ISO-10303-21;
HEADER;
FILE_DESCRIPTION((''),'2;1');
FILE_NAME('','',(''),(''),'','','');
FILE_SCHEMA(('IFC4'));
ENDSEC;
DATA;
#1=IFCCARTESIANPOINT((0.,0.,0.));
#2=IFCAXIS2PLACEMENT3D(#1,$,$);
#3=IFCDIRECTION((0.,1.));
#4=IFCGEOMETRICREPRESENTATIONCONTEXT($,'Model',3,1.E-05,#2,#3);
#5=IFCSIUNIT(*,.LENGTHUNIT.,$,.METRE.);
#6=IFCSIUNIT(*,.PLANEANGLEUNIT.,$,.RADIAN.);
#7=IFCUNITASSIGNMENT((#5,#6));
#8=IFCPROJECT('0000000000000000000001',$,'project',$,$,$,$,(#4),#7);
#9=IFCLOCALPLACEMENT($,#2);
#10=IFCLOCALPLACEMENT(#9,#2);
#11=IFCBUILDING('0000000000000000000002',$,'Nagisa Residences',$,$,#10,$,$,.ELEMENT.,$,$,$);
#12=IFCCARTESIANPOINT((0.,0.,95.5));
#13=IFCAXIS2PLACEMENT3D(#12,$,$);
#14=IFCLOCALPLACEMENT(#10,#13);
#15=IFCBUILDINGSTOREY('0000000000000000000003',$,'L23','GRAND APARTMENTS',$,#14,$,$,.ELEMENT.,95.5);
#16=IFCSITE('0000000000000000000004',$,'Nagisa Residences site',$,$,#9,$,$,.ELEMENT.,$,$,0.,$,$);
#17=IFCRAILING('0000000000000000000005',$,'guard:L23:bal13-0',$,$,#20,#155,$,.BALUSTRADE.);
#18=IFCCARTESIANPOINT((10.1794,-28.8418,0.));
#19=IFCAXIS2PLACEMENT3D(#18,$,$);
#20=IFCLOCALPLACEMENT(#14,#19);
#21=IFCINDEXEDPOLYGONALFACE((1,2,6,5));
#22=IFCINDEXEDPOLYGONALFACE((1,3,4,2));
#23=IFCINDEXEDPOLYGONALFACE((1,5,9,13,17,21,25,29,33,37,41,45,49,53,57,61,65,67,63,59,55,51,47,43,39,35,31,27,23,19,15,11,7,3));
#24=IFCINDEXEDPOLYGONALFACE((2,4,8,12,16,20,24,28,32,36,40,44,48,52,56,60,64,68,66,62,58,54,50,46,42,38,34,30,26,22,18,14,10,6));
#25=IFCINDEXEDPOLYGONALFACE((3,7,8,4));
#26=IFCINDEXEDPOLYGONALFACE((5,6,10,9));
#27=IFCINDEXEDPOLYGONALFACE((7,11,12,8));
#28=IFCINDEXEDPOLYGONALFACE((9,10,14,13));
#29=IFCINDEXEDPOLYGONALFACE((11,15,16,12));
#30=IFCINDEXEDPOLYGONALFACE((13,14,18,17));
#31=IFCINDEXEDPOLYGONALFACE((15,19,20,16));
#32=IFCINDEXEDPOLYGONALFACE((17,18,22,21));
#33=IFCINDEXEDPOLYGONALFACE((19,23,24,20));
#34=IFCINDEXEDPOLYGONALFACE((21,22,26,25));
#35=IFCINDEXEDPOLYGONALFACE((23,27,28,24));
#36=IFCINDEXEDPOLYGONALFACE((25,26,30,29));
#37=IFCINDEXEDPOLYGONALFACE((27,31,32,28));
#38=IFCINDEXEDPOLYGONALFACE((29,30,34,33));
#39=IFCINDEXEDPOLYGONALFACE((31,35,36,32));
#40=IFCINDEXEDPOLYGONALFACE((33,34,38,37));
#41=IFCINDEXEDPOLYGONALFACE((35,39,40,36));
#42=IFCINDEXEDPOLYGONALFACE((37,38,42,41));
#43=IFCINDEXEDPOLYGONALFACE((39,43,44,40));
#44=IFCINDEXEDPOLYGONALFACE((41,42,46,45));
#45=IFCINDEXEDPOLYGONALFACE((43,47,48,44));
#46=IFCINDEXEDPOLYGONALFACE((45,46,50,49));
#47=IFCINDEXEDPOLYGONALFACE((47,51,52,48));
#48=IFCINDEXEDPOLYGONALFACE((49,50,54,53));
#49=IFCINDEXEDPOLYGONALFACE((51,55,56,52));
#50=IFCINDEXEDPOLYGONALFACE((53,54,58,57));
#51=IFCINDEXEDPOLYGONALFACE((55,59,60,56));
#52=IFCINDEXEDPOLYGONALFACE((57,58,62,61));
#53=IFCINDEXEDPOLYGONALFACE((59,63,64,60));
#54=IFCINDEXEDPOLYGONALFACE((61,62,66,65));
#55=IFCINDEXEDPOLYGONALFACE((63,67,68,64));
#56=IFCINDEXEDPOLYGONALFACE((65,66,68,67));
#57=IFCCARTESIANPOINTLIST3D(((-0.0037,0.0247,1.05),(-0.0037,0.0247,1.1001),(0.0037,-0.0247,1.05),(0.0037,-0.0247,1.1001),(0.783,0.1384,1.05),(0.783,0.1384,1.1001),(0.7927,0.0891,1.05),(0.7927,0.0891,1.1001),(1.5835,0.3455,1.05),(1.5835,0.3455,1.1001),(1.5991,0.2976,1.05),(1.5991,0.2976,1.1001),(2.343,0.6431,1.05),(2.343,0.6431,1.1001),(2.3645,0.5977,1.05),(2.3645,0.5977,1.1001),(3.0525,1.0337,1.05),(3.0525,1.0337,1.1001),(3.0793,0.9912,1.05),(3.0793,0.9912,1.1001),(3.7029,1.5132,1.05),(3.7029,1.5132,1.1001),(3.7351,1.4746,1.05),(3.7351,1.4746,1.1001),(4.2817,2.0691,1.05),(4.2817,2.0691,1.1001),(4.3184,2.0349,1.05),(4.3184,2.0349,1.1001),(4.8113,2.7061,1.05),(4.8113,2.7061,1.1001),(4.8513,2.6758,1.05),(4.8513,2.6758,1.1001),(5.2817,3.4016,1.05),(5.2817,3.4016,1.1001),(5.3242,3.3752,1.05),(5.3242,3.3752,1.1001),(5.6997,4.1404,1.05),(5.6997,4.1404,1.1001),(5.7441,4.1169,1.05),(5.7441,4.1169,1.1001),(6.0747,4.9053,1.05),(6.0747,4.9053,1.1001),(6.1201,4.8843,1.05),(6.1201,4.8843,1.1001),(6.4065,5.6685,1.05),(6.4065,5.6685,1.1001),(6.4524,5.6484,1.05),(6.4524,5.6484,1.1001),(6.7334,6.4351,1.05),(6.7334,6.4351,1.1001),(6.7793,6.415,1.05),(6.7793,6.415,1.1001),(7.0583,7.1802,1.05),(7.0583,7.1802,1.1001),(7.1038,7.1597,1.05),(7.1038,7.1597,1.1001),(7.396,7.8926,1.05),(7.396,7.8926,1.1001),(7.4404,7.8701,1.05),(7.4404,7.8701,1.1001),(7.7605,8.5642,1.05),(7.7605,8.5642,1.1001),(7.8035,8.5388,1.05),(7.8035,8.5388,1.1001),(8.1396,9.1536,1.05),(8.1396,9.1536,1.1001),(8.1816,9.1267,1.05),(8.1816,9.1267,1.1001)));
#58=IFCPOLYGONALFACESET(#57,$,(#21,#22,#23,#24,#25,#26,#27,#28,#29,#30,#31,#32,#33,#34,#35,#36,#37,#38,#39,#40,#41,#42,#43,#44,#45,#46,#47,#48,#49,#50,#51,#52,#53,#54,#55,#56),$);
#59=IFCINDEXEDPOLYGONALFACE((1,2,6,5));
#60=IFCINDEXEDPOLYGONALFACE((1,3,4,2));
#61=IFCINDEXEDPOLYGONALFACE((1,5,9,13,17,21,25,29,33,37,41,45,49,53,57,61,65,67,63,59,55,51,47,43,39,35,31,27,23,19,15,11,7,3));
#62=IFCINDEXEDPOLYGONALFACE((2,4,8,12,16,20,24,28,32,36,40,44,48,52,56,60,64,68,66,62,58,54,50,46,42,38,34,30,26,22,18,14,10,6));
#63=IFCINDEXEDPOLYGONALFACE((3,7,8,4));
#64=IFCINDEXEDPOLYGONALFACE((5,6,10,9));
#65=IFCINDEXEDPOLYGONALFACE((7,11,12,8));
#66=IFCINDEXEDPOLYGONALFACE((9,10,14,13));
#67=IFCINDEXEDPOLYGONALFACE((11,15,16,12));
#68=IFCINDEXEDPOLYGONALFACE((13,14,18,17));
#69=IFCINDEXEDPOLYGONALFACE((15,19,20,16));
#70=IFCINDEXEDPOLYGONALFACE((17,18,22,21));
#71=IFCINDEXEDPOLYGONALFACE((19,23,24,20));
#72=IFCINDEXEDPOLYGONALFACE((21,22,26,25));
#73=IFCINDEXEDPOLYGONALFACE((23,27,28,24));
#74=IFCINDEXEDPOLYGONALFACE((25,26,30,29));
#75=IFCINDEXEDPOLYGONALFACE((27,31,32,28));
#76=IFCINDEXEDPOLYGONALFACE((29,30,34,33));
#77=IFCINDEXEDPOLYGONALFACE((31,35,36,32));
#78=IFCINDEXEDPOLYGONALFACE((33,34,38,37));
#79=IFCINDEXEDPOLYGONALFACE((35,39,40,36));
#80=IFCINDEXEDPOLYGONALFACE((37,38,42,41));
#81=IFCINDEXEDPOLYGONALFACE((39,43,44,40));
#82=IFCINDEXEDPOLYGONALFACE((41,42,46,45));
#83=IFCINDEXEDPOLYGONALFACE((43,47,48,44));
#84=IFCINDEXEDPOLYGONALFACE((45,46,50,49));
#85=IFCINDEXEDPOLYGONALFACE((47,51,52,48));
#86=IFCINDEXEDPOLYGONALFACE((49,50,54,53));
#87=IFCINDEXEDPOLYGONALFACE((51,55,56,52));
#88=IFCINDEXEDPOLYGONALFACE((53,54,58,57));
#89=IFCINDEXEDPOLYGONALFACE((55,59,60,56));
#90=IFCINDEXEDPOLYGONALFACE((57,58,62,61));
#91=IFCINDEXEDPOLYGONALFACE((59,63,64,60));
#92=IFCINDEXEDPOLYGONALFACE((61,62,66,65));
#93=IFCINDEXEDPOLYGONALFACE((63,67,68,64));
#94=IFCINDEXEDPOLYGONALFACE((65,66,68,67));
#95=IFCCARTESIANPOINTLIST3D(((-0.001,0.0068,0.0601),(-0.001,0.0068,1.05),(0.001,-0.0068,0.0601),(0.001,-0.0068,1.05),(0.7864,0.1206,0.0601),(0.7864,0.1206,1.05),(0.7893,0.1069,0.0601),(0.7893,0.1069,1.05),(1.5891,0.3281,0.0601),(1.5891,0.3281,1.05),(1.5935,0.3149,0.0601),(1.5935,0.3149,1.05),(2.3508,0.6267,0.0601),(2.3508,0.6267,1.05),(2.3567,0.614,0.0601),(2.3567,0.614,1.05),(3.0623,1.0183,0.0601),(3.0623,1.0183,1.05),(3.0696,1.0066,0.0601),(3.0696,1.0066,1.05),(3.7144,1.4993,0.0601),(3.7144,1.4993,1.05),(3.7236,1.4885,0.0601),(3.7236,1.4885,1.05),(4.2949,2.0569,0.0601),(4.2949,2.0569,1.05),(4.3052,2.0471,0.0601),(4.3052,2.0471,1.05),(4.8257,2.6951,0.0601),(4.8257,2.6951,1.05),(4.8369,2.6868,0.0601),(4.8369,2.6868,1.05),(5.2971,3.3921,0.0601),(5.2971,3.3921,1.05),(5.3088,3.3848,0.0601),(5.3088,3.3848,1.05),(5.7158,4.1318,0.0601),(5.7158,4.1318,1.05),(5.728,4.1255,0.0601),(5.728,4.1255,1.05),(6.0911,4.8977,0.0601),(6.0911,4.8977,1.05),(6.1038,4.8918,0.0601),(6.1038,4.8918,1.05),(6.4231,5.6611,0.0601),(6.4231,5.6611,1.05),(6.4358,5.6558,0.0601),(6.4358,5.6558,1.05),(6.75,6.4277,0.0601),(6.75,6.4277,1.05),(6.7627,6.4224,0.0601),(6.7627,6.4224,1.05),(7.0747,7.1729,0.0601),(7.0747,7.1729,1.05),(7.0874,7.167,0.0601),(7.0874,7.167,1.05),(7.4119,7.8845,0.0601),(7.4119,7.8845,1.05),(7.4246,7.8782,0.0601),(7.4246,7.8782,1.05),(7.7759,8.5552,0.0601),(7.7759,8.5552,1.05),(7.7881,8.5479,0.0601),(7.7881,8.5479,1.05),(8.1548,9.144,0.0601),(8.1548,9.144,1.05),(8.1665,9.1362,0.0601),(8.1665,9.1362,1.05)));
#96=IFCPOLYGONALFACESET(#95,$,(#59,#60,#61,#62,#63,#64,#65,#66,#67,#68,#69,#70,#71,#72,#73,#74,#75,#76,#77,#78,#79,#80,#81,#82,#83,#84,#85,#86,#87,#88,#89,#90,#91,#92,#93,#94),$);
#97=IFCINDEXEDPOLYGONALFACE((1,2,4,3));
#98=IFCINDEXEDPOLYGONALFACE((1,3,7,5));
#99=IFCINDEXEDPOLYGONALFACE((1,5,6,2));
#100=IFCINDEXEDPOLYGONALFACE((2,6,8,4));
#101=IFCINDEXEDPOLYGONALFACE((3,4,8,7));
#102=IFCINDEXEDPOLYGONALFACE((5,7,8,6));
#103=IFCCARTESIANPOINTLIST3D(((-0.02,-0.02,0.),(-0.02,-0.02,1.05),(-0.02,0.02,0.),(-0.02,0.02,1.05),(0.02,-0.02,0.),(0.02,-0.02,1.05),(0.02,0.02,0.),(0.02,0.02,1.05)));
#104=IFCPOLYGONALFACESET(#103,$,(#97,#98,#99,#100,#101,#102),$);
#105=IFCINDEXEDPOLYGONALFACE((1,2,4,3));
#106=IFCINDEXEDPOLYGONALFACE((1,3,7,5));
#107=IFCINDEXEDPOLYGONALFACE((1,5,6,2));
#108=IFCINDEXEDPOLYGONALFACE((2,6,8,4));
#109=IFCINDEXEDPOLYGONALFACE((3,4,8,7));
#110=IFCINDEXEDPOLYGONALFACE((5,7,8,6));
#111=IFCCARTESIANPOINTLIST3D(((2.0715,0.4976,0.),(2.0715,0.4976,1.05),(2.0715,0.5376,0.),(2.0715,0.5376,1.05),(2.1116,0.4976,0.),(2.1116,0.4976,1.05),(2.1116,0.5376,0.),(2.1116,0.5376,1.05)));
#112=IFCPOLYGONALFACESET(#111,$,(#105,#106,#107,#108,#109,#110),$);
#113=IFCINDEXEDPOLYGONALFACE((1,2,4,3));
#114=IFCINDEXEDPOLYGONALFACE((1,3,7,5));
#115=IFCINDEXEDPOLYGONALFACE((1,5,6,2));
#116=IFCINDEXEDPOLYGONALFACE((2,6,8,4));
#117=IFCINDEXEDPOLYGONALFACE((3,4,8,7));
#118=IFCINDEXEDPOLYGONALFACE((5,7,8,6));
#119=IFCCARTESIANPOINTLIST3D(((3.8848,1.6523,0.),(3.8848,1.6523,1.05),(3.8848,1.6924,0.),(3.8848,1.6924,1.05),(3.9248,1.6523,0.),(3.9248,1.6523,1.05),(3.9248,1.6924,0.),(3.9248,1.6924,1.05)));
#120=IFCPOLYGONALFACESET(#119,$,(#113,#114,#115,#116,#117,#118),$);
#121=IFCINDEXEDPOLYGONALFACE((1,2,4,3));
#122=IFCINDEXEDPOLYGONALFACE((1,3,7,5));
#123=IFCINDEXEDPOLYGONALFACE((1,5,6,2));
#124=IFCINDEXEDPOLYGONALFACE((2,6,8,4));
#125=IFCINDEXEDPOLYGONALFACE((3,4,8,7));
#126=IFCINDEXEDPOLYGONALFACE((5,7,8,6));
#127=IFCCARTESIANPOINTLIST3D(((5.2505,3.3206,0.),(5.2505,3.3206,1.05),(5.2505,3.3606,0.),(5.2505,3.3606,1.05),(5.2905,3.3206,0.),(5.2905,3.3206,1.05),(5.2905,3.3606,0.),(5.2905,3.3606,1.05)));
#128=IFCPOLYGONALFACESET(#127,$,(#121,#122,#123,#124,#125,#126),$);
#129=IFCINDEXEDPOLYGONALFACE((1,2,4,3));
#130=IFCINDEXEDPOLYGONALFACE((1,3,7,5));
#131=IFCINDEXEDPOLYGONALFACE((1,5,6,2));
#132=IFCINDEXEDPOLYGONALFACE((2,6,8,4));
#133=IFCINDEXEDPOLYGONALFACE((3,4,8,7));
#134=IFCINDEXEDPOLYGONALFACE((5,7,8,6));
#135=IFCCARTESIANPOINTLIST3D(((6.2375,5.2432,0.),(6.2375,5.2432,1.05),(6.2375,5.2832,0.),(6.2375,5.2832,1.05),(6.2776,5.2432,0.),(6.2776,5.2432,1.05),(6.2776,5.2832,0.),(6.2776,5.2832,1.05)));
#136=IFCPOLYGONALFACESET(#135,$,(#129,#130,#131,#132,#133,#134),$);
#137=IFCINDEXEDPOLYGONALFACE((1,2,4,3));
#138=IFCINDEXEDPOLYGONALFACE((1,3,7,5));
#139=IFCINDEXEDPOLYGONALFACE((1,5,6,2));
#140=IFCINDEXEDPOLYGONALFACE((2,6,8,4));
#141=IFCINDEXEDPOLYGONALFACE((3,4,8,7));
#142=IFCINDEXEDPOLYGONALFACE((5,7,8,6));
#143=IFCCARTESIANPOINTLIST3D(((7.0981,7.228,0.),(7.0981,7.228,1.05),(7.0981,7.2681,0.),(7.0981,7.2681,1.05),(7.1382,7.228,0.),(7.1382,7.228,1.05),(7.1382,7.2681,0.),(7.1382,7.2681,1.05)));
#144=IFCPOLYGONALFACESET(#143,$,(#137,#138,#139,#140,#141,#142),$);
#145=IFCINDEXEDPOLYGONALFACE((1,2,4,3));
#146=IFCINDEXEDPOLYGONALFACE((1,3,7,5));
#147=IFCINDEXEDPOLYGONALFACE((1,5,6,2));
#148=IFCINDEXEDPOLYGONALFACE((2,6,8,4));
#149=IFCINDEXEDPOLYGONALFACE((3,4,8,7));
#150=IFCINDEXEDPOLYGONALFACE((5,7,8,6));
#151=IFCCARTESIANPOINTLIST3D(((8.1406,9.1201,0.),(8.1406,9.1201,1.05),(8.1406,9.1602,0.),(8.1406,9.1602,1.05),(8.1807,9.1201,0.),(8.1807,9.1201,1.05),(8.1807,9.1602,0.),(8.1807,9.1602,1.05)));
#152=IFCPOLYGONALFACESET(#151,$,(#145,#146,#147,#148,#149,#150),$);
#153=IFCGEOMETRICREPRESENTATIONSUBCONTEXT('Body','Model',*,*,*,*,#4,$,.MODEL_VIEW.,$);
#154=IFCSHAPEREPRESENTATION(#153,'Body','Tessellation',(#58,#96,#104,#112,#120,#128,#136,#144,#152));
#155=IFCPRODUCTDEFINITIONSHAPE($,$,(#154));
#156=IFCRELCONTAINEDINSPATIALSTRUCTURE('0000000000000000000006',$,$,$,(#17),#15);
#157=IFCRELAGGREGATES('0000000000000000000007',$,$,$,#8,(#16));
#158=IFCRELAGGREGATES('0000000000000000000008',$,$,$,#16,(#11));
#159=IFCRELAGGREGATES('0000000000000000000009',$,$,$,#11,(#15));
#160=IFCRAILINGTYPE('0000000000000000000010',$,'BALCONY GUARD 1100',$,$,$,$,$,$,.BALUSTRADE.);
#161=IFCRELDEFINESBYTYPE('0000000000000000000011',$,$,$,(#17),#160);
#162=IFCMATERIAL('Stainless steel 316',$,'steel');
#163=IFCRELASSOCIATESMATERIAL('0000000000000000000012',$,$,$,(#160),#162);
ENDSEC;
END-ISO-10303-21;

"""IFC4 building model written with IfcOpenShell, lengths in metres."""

from ifc_helpers import new_model, si_unit, direction, frame, origin, origin_2d, place, context, subcontext, project, spatial, polyline, rectangle, outline, extrude, material, type_object, element, save


model = new_model("IFC4")

# Units and contexts
model_context = context("Model", 3, precision=1e-05, world=origin(), true_north=direction((0.0, 1.0)))
body_context = subcontext(model_context, "Body", "Model", "MODEL_VIEW")
ifc_project = project(units=[si_unit("LENGTHUNIT", "METRE"), si_unit("PLANEANGLEUNIT", "RADIAN")], contexts=[model_context])

# Site, building, storey
site_placement = place(None, origin())
site = spatial("IfcSite", under=ifc_project, at=site_placement, Name="Nagisa Residences site", CompositionType="ELEMENT", RefElevation=0.0)
building_placement = place(site_placement, origin())
building = spatial("IfcBuilding", under=site, at=building_placement, Name="Nagisa Residences", CompositionType="ELEMENT")
storey_placement = place(building_placement, frame((0.0, 0.0, 95.5)))
storey = spatial("IfcBuildingStorey", under=building, at=storey_placement, Name="L23", Description="GRAND APARTMENTS", CompositionType="ELEMENT", Elevation=95.5)

# Railing
ifc_material_1 = material(Name="Stainless steel 316", Category="steel")
railing_type = type_object("IfcRailingType", Name="BALCONY GUARD 1100", PredefinedType="BALUSTRADE", material=ifc_material_1)
railing_1_placement = place(storey_placement, frame((10.1794, -28.8418, 0.0)))
element("IfcRailing", 1, at=railing_1_placement, inside=storey, type_object=railing_type, Name="guard:L23:bal13-0", PredefinedType="BALUSTRADE", context=body_context, shape_type="SweptSolid", body=[
    extrude(outline(polyline([(0.783, 0.1384), (-0.0037, 0.0247), (0.0037, -0.0247), (0.7927, 0.0891), (1.5991, 0.2976), (2.3645, 0.5977), (3.0793, 0.9912), (3.7351, 1.4746), (4.3184, 2.0349), (4.8513, 2.6758), (5.3242, 3.3752), (5.7441, 4.1169), (6.1201, 4.8843), (6.4524, 5.6484), (6.7793, 6.415), (7.1038, 7.1597), (7.4404, 7.8701), (7.8035, 8.5388), (8.1816, 9.1267), (8.1396, 9.1536), (7.7605, 8.5642), (7.396, 7.8926), (7.0583, 7.1802), (6.7334, 6.4351), (6.4065, 5.6685), (6.0747, 4.9053), (5.6997, 4.1404), (5.2817, 3.4016), (4.8113, 2.7061), (4.2817, 2.0691), (3.7029, 1.5132), (3.0525, 1.0337), (2.343, 0.6431), (1.5835, 0.3455), (0.783, 0.1384)])), frame((0.0, 0.0, 1.05)), (0.0, 0.0, 1.0), 0.05),
    extrude(outline(polyline([(0.7864, 0.1206), (-0.001, 0.0068), (0.001, -0.0068), (0.7893, 0.1069), (1.5935, 0.3149), (2.3567, 0.614), (3.0696, 1.0066), (3.7236, 1.4885), (4.3052, 2.0471), (4.8369, 2.6868), (5.3088, 3.3848), (5.728, 4.1255), (6.1038, 4.8918), (6.4358, 5.6558), (6.7627, 6.4224), (7.0874, 7.167), (7.4246, 7.8782), (7.7881, 8.5479), (8.1665, 9.1362), (8.1548, 9.144), (7.7759, 8.5552), (7.4119, 7.8845), (7.0747, 7.1729), (6.75, 6.4277), (6.4231, 5.6611), (6.0911, 4.8977), (5.7158, 4.1318), (5.2971, 3.3921), (4.8257, 2.6951), (4.2949, 2.0569), (3.7144, 1.4993), (3.0623, 1.0183), (2.3508, 0.6267), (1.5891, 0.3281), (0.7864, 0.1206)])), frame((0.0, 0.0, 0.0601)), (0.0, 0.0, 1.0), 0.99),
    extrude(rectangle(XDim=0.04, YDim=0.04, at=origin_2d()), origin(), (0.0, 0.0, 1.0), 1.05),
    extrude(rectangle(XDim=0.04, YDim=0.04, at=origin_2d()), frame((2.0916, 0.5176, 0.0)), (0.0, 0.0, 1.0), 1.05),
    extrude(rectangle(XDim=0.04, YDim=0.04, at=origin_2d()), frame((3.9048, 1.6724, 0.0)), (0.0, 0.0, 1.0), 1.05),
    extrude(rectangle(XDim=0.04, YDim=0.04, at=origin_2d()), frame((5.2705, 3.3406, 0.0)), (0.0, 0.0, 1.0), 1.05),
    extrude(rectangle(XDim=0.04, YDim=0.04, at=origin_2d()), frame((6.2576, 5.2632, 0.0)), (0.0, 0.0, 1.0), 1.05),
    extrude(rectangle(XDim=0.04, YDim=0.04, at=origin_2d()), frame((7.1182, 7.248, 0.0)), (0.0, 0.0, 1.0), 1.05),
    extrude(rectangle(XDim=0.04, YDim=0.04, at=origin_2d()), frame((8.1606, 9.1401, 0.0)), (0.0, 0.0, 1.0), 1.05),
])

save(model, "model.ifc")
